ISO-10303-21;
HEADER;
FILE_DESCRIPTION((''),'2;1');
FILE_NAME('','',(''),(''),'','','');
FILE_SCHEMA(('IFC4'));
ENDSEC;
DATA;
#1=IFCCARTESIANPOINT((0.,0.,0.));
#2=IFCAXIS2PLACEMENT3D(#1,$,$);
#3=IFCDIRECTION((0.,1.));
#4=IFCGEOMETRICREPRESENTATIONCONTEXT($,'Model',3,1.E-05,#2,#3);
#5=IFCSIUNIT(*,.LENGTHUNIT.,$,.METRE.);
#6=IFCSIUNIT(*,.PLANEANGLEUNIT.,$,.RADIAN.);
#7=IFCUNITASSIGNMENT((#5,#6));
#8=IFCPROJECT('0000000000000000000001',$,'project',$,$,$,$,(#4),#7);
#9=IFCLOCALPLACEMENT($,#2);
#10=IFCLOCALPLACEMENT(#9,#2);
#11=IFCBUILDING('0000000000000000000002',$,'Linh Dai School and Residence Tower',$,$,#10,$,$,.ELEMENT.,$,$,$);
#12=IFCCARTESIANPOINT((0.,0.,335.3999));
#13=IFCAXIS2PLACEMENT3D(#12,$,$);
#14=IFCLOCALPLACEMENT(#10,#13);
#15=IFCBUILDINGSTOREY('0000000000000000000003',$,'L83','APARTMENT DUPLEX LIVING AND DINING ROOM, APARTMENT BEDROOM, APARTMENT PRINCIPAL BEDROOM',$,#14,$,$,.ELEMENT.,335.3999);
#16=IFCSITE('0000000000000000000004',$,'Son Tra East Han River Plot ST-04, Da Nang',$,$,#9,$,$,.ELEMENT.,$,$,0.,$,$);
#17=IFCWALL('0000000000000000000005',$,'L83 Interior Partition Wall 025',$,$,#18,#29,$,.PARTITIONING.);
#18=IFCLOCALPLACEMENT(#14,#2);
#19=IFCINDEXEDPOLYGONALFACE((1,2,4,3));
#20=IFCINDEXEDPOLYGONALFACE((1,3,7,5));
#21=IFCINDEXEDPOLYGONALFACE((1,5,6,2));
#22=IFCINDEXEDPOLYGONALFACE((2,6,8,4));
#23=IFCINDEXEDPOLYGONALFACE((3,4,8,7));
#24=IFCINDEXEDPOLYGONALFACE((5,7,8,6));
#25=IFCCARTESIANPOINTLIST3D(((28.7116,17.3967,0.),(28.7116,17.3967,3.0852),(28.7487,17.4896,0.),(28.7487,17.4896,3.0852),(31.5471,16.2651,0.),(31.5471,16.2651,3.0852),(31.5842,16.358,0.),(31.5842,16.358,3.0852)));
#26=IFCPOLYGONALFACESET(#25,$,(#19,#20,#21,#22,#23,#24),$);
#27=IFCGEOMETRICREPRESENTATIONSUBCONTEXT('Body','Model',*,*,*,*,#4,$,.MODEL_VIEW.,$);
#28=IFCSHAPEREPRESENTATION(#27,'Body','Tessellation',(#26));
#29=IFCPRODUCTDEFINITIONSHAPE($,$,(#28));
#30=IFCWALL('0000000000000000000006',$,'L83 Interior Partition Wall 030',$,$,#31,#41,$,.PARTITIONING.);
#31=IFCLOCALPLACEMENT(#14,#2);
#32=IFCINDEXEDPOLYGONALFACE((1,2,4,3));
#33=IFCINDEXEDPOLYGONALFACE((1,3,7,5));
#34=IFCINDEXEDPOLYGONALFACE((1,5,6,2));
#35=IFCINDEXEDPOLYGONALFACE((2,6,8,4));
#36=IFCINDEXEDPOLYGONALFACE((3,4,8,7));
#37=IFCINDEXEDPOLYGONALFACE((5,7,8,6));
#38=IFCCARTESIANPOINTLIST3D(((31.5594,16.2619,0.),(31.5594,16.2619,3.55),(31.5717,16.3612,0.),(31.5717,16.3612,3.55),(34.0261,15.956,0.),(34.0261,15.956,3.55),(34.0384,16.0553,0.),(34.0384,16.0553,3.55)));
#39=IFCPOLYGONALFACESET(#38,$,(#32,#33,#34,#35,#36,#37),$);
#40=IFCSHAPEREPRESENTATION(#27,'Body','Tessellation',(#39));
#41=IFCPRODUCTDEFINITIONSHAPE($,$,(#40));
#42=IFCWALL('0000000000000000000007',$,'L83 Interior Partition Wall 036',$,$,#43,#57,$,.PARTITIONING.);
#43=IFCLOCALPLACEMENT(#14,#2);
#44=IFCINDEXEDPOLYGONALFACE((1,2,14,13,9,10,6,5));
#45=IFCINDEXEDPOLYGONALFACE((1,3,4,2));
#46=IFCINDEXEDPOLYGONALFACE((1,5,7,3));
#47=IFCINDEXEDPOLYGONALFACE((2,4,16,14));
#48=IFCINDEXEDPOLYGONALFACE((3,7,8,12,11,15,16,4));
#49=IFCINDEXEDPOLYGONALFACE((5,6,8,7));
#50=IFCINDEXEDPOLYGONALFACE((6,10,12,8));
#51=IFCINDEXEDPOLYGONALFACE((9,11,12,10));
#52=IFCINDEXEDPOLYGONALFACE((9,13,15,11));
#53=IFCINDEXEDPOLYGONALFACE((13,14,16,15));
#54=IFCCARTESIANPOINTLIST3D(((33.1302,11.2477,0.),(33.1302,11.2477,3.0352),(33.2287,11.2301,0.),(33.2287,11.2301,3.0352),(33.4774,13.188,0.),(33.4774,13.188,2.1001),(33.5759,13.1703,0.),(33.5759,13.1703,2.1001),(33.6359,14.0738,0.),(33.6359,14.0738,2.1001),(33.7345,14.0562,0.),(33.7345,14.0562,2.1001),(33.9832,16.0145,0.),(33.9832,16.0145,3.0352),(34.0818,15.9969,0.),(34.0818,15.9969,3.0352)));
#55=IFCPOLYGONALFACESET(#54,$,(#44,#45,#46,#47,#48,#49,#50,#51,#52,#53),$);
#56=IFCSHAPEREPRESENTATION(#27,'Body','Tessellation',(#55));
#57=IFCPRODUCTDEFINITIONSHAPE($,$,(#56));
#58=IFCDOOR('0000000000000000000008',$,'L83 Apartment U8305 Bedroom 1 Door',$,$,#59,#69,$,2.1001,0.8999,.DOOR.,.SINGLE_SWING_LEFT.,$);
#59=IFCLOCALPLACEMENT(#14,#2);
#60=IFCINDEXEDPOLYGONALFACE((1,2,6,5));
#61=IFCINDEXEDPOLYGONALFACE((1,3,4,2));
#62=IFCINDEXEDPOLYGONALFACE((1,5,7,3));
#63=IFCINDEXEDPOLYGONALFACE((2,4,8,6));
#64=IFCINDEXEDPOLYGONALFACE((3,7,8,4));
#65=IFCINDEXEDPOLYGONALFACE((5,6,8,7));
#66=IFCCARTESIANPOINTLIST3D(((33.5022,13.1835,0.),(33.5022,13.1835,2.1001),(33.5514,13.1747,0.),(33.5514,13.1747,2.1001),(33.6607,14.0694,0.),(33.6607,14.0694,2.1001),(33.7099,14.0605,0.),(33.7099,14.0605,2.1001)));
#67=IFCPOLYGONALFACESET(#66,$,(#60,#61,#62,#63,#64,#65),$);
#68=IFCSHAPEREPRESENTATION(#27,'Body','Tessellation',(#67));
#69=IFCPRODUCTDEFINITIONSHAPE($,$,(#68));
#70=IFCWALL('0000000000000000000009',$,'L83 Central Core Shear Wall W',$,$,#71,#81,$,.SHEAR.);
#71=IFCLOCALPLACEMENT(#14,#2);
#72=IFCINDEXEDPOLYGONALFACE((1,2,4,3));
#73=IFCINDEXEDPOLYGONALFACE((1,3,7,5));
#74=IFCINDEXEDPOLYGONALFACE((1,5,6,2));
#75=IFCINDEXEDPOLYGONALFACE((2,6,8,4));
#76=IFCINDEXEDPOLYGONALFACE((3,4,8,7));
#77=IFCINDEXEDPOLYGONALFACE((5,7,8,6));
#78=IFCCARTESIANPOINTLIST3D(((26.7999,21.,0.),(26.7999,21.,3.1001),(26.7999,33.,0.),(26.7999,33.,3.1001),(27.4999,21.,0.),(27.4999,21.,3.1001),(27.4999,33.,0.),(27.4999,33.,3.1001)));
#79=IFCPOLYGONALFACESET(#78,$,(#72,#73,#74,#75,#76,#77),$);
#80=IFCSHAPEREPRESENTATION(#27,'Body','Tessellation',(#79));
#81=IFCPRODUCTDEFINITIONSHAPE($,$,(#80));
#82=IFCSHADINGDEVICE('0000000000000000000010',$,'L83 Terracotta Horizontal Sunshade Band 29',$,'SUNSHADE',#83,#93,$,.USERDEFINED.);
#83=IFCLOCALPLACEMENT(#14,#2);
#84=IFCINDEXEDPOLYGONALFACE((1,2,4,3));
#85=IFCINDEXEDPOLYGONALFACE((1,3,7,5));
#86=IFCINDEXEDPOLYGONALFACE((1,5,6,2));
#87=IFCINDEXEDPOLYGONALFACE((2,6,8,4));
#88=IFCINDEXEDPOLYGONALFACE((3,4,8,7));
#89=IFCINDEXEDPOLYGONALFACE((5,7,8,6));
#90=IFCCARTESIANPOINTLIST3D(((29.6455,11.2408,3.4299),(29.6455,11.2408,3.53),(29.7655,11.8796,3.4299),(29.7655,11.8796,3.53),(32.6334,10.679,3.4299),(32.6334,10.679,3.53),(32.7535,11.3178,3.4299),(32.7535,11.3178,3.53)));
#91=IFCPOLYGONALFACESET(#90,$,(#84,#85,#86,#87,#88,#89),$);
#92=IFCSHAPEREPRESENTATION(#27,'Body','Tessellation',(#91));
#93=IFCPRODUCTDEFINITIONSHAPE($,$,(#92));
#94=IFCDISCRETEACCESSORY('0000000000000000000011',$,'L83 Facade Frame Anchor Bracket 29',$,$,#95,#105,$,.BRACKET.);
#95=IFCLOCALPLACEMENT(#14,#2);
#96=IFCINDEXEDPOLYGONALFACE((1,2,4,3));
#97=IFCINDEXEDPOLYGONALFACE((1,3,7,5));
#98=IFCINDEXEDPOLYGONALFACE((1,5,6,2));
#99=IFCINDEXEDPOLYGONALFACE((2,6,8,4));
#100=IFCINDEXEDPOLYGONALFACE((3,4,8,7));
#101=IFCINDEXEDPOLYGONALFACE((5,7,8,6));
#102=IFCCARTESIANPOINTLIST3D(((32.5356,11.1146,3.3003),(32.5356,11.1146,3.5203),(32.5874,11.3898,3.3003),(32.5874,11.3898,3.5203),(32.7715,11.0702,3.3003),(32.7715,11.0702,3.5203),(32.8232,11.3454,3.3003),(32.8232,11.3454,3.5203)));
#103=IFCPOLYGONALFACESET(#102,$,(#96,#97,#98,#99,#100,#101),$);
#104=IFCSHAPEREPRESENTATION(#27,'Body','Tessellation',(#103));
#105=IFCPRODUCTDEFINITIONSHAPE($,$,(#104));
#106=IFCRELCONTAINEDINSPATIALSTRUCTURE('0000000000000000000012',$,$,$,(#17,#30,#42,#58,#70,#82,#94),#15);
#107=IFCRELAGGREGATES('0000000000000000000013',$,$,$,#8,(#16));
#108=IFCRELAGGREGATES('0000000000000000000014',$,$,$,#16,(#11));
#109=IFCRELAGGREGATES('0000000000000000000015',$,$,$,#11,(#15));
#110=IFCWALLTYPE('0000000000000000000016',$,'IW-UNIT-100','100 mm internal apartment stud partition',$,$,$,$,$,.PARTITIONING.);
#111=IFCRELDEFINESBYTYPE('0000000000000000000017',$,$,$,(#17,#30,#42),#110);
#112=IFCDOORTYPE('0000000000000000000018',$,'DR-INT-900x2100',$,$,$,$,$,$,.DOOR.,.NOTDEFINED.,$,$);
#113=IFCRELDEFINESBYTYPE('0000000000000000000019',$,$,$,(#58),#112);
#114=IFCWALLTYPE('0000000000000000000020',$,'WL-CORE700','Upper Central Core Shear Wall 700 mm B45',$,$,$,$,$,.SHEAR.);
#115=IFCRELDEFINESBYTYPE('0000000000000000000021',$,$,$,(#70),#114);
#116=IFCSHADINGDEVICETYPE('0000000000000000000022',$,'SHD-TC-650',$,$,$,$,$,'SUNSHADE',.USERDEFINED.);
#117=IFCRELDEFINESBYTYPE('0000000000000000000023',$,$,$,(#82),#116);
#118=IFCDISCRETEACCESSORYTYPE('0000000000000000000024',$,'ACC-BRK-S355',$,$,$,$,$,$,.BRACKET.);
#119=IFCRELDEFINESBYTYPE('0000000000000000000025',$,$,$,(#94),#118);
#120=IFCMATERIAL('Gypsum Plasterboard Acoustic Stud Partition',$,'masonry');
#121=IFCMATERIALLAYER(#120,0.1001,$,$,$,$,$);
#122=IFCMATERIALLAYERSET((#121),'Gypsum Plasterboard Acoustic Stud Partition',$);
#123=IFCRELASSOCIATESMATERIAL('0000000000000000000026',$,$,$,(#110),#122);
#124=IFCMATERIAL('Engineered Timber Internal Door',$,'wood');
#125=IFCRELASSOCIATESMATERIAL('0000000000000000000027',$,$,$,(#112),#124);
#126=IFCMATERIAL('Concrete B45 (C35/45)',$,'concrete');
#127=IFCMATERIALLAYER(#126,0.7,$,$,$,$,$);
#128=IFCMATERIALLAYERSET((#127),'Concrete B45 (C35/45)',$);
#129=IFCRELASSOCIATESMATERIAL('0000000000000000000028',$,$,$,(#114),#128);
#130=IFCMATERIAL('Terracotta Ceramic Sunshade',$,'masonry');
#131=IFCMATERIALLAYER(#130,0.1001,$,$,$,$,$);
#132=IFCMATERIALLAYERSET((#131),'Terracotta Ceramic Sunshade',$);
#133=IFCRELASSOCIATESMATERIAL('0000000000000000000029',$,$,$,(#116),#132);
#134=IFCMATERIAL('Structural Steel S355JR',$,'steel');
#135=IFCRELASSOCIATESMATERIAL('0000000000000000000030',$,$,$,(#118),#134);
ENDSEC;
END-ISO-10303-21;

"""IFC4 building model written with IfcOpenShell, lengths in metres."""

from ifc_helpers import new_model, si_unit, direction, frame, frame_2d, origin, origin_2d, place, context, subcontext, project, spatial, rectangle, extrude, source, transform, mapped, material, layer, layer_set, type_object, element, fill, save


model = new_model("IFC4")

# Units and contexts
model_context = context("Model", 3, precision=1e-05, world=origin(), true_north=direction((0.0, 1.0)))
body_context = subcontext(model_context, "Body", "Model", "MODEL_VIEW")
ifc_project = project(units=[si_unit("LENGTHUNIT", "METRE"), si_unit("PLANEANGLEUNIT", "RADIAN")], contexts=[model_context])

# Site, building, storey
site_placement = place(None, origin())
site = spatial("IfcSite", under=ifc_project, at=site_placement, Name="Son Tra East Han River Plot ST-04, Da Nang", CompositionType="ELEMENT", RefElevation=0.0)
building_placement = place(site_placement, origin())
building = spatial("IfcBuilding", under=site, at=building_placement, Name="Linh Dai School and Residence Tower", CompositionType="ELEMENT")
storey_placement = place(building_placement, frame((0.0, 0.0, 335.3999)))
storey = spatial("IfcBuildingStorey", under=building, at=storey_placement, Name="L83", Description="APARTMENT DUPLEX LIVING AND DINING ROOM, APARTMENT BEDROOM, APARTMENT PRINCIPAL BEDROOM", CompositionType="ELEMENT", Elevation=335.3999)

# Shared definitions
ifc_material_1 = material(Name="Concrete B45 (C35/45)", Category="concrete")
ifc_material_2 = material(Name="Structural Steel S355JR", Category="steel")

# Walls
ifc_material_3 = material(Name="Gypsum Plasterboard Acoustic Stud Partition", Category="masonry")
ifc_layer_1 = layer(ifc_material_3, 0.1001)
ifc_layer_set_1 = layer_set([ifc_layer_1], Name="Gypsum Plasterboard Acoustic Stud Partition")
wall_type_1 = type_object("IfcWallType", Name="IW-UNIT-100", Description="100 mm internal apartment stud partition", PredefinedType="PARTITIONING", material=ifc_layer_set_1)
wall_1_placement = place(storey_placement, frame((28.7302, 17.4431, 0.0), z_axis=(0.0, 0.0, 1.0), x_axis=(0.928769, -0.37066, 0.0)))
element("IfcWall", 1, at=wall_1_placement, inside=storey, type_object=wall_type_1, Name="L83 Interior Partition Wall 025", PredefinedType="PARTITIONING", context=body_context, shape_type="SweptSolid", body=[
    extrude(rectangle(XDim=3.053, YDim=0.1001, at=frame_2d((1.5264, 0.0))), origin(), (0.0, 0.0, 1.0), 3.0852),
])
wall_2_placement = place(storey_placement, frame((31.5657, 16.3115, 0.0), z_axis=(0.0, 0.0, 1.0), x_axis=(0.992398, -0.123068, 0.0)))
element("IfcWall", 2, at=wall_2_placement, inside=storey, type_object=wall_type_1, Name="L83 Interior Partition Wall 030", PredefinedType="PARTITIONING", context=body_context, shape_type="SweptSolid", body=[
    extrude(rectangle(XDim=2.4856, YDim=0.1001, at=frame_2d((1.2427, 0.0))), origin(), (0.0, 0.0, 1.0), 3.55),
])

# Wall, opening, door
wall_3_placement = place(storey_placement, frame((33.1794, 11.2388, 0.0), z_axis=(0.0, 0.0, 1.0), x_axis=(0.176152, 0.984363, 0.0)))
wall_3 = element("IfcWall", 3, at=wall_3_placement, inside=storey, type_object=wall_type_1, Name="L83 Interior Partition Wall 036", PredefinedType="PARTITIONING", context=body_context, shape_type="SweptSolid", body=[
    extrude(rectangle(XDim=4.8425, YDim=0.1001, at=frame_2d((2.4214, 0.0))), origin(), (0.0, 0.0, 1.0), 3.0352),
])
opening_1_placement = place(wall_3_placement, frame((1.9712, 0.0, 0.0)))
opening_1 = element("IfcOpeningElement", 4, at=opening_1_placement, cuts=wall_3, PredefinedType="OPENING", context=body_context, shape_type="SweptSolid", body=[
    extrude(rectangle(XDim=0.8999, YDim=2.1001, at=origin_2d()), frame((0.45, 0.0601, 1.05), z_axis=(0.0, -1.0, 0.0), x_axis=(1.0, 0.0, 0.0)), (0.0, 0.0, 1.0), 0.1201),
])
ifc_material_4 = material(Name="Engineered Timber Internal Door", Category="wood")
door_type = type_object("IfcDoorType", Name="DR-INT-900x2100", OperationType="NOTDEFINED", PredefinedType="DOOR", material=ifc_material_4)
shared_shape_1 = source(origin(), body_context, "Body", "SweptSolid", [
    extrude(rectangle(XDim=0.8999, YDim=2.1001, at=origin_2d()), frame((0.45, 0.0249, 1.05), z_axis=(0.0, -1.0, 0.0), x_axis=(1.0, 0.0, 0.0)), (0.0, 0.0, 1.0), 0.05),
])
door_placement = place(opening_1_placement, origin())
door = element("IfcDoor", 5, at=door_placement, inside=storey, type_object=door_type, Name="L83 Apartment U8305 Bedroom 1 Door", OperationType="SINGLE_SWING_LEFT", OverallHeight=2.1001, OverallWidth=0.8999, PredefinedType="DOOR", context=body_context, shape_type="MappedRepresentation", body=[
    mapped(shared_shape_1, transform((0.0, 0.0, 0.0), x_axis=(1.0, 0.0, 0.0), y_axis=(0.0, 1.0, 0.0), z_axis=(0.0, 0.0, 1.0), scale=1.0)),
])
fill(opening_1, door)

# Wall
ifc_layer_2 = layer(ifc_material_1, 0.7)
ifc_layer_set_2 = layer_set([ifc_layer_2], Name="Concrete B45 (C35/45)")
wall_type_2 = type_object("IfcWallType", Name="WL-CORE700", Description="Upper Central Core Shear Wall 700 mm B45", PredefinedType="SHEAR", material=ifc_layer_set_2)
wall_4_placement = place(storey_placement, frame((27.1499, 21.0, 0.0), z_axis=(0.0, 0.0, 1.0), x_axis=(0.0, 1.0, 0.0)))
element("IfcWall", 6, at=wall_4_placement, inside=storey, type_object=wall_type_2, Name="L83 Central Core Shear Wall W", PredefinedType="SHEAR", context=body_context, shape_type="SweptSolid", body=[
    extrude(rectangle(XDim=12.0, YDim=0.7, at=frame_2d((6.0, 0.0))), origin(), (0.0, 0.0, 1.0), 3.1001),
])

# Shading device
ifc_material_5 = material(Name="Terracotta Ceramic Sunshade", Category="masonry")
ifc_layer_3 = layer(ifc_material_5, 0.1001)
ifc_layer_set_3 = layer_set([ifc_layer_3], Name="Terracotta Ceramic Sunshade")
shading_device_type = type_object("IfcShadingDeviceType", Name="SHD-TC-650", ElementType="SUNSHADE", PredefinedType="USERDEFINED", material=ifc_layer_set_3)
shared_shape_2 = source(origin(), body_context, "Body", "SweptSolid", [
    extrude(rectangle(XDim=3.0403, YDim=0.6499, at=origin_2d()), origin(), (0.0, 0.0, 1.0), 0.1001),
])
shading_device_placement = place(storey_placement, frame((31.1995, 11.2793, 3.4299), z_axis=(0.0, 0.0, 1.0), x_axis=(-0.982779, 0.184785, 0.0)))
element("IfcShadingDevice", 7, at=shading_device_placement, inside=storey, type_object=shading_device_type, Name="L83 Terracotta Horizontal Sunshade Band 29", ObjectType="SUNSHADE", PredefinedType="USERDEFINED", context=body_context, shape_type="MappedRepresentation", body=[
    mapped(shared_shape_2, transform((0.0, 0.0, 0.0), x_axis=(1.0, 0.0, 0.0), y_axis=(0.0, 1.0, 0.0), z_axis=(0.0, 0.0, 1.0), scale=1.0)),
])

# Discrete accessory
discrete_accessory_type = type_object("IfcDiscreteAccessoryType", Name="ACC-BRK-S355", PredefinedType="BRACKET", material=ifc_material_2)
shared_shape_3 = source(origin(), body_context, "Body", "SweptSolid", [
    extrude(rectangle(XDim=0.28, YDim=0.24, at=origin_2d()), origin(), (0.0, 0.0, 1.0), 0.22),
])
discrete_accessory_placement = place(storey_placement, frame((32.6794, 11.23, 3.3003), z_axis=(0.0, 0.0, 1.0), x_axis=(-0.184785, -0.982779, 0.0)))
element("IfcDiscreteAccessory", 8, at=discrete_accessory_placement, inside=storey, type_object=discrete_accessory_type, Name="L83 Facade Frame Anchor Bracket 29", PredefinedType="BRACKET", context=body_context, shape_type="MappedRepresentation", body=[
    mapped(shared_shape_3, transform((0.0, 0.0, 0.0), x_axis=(1.0, 0.0, 0.0), y_axis=(0.0, 1.0, 0.0), z_axis=(0.0, 0.0, 1.0), scale=1.0)),
])

save(model, "model.ifc")
